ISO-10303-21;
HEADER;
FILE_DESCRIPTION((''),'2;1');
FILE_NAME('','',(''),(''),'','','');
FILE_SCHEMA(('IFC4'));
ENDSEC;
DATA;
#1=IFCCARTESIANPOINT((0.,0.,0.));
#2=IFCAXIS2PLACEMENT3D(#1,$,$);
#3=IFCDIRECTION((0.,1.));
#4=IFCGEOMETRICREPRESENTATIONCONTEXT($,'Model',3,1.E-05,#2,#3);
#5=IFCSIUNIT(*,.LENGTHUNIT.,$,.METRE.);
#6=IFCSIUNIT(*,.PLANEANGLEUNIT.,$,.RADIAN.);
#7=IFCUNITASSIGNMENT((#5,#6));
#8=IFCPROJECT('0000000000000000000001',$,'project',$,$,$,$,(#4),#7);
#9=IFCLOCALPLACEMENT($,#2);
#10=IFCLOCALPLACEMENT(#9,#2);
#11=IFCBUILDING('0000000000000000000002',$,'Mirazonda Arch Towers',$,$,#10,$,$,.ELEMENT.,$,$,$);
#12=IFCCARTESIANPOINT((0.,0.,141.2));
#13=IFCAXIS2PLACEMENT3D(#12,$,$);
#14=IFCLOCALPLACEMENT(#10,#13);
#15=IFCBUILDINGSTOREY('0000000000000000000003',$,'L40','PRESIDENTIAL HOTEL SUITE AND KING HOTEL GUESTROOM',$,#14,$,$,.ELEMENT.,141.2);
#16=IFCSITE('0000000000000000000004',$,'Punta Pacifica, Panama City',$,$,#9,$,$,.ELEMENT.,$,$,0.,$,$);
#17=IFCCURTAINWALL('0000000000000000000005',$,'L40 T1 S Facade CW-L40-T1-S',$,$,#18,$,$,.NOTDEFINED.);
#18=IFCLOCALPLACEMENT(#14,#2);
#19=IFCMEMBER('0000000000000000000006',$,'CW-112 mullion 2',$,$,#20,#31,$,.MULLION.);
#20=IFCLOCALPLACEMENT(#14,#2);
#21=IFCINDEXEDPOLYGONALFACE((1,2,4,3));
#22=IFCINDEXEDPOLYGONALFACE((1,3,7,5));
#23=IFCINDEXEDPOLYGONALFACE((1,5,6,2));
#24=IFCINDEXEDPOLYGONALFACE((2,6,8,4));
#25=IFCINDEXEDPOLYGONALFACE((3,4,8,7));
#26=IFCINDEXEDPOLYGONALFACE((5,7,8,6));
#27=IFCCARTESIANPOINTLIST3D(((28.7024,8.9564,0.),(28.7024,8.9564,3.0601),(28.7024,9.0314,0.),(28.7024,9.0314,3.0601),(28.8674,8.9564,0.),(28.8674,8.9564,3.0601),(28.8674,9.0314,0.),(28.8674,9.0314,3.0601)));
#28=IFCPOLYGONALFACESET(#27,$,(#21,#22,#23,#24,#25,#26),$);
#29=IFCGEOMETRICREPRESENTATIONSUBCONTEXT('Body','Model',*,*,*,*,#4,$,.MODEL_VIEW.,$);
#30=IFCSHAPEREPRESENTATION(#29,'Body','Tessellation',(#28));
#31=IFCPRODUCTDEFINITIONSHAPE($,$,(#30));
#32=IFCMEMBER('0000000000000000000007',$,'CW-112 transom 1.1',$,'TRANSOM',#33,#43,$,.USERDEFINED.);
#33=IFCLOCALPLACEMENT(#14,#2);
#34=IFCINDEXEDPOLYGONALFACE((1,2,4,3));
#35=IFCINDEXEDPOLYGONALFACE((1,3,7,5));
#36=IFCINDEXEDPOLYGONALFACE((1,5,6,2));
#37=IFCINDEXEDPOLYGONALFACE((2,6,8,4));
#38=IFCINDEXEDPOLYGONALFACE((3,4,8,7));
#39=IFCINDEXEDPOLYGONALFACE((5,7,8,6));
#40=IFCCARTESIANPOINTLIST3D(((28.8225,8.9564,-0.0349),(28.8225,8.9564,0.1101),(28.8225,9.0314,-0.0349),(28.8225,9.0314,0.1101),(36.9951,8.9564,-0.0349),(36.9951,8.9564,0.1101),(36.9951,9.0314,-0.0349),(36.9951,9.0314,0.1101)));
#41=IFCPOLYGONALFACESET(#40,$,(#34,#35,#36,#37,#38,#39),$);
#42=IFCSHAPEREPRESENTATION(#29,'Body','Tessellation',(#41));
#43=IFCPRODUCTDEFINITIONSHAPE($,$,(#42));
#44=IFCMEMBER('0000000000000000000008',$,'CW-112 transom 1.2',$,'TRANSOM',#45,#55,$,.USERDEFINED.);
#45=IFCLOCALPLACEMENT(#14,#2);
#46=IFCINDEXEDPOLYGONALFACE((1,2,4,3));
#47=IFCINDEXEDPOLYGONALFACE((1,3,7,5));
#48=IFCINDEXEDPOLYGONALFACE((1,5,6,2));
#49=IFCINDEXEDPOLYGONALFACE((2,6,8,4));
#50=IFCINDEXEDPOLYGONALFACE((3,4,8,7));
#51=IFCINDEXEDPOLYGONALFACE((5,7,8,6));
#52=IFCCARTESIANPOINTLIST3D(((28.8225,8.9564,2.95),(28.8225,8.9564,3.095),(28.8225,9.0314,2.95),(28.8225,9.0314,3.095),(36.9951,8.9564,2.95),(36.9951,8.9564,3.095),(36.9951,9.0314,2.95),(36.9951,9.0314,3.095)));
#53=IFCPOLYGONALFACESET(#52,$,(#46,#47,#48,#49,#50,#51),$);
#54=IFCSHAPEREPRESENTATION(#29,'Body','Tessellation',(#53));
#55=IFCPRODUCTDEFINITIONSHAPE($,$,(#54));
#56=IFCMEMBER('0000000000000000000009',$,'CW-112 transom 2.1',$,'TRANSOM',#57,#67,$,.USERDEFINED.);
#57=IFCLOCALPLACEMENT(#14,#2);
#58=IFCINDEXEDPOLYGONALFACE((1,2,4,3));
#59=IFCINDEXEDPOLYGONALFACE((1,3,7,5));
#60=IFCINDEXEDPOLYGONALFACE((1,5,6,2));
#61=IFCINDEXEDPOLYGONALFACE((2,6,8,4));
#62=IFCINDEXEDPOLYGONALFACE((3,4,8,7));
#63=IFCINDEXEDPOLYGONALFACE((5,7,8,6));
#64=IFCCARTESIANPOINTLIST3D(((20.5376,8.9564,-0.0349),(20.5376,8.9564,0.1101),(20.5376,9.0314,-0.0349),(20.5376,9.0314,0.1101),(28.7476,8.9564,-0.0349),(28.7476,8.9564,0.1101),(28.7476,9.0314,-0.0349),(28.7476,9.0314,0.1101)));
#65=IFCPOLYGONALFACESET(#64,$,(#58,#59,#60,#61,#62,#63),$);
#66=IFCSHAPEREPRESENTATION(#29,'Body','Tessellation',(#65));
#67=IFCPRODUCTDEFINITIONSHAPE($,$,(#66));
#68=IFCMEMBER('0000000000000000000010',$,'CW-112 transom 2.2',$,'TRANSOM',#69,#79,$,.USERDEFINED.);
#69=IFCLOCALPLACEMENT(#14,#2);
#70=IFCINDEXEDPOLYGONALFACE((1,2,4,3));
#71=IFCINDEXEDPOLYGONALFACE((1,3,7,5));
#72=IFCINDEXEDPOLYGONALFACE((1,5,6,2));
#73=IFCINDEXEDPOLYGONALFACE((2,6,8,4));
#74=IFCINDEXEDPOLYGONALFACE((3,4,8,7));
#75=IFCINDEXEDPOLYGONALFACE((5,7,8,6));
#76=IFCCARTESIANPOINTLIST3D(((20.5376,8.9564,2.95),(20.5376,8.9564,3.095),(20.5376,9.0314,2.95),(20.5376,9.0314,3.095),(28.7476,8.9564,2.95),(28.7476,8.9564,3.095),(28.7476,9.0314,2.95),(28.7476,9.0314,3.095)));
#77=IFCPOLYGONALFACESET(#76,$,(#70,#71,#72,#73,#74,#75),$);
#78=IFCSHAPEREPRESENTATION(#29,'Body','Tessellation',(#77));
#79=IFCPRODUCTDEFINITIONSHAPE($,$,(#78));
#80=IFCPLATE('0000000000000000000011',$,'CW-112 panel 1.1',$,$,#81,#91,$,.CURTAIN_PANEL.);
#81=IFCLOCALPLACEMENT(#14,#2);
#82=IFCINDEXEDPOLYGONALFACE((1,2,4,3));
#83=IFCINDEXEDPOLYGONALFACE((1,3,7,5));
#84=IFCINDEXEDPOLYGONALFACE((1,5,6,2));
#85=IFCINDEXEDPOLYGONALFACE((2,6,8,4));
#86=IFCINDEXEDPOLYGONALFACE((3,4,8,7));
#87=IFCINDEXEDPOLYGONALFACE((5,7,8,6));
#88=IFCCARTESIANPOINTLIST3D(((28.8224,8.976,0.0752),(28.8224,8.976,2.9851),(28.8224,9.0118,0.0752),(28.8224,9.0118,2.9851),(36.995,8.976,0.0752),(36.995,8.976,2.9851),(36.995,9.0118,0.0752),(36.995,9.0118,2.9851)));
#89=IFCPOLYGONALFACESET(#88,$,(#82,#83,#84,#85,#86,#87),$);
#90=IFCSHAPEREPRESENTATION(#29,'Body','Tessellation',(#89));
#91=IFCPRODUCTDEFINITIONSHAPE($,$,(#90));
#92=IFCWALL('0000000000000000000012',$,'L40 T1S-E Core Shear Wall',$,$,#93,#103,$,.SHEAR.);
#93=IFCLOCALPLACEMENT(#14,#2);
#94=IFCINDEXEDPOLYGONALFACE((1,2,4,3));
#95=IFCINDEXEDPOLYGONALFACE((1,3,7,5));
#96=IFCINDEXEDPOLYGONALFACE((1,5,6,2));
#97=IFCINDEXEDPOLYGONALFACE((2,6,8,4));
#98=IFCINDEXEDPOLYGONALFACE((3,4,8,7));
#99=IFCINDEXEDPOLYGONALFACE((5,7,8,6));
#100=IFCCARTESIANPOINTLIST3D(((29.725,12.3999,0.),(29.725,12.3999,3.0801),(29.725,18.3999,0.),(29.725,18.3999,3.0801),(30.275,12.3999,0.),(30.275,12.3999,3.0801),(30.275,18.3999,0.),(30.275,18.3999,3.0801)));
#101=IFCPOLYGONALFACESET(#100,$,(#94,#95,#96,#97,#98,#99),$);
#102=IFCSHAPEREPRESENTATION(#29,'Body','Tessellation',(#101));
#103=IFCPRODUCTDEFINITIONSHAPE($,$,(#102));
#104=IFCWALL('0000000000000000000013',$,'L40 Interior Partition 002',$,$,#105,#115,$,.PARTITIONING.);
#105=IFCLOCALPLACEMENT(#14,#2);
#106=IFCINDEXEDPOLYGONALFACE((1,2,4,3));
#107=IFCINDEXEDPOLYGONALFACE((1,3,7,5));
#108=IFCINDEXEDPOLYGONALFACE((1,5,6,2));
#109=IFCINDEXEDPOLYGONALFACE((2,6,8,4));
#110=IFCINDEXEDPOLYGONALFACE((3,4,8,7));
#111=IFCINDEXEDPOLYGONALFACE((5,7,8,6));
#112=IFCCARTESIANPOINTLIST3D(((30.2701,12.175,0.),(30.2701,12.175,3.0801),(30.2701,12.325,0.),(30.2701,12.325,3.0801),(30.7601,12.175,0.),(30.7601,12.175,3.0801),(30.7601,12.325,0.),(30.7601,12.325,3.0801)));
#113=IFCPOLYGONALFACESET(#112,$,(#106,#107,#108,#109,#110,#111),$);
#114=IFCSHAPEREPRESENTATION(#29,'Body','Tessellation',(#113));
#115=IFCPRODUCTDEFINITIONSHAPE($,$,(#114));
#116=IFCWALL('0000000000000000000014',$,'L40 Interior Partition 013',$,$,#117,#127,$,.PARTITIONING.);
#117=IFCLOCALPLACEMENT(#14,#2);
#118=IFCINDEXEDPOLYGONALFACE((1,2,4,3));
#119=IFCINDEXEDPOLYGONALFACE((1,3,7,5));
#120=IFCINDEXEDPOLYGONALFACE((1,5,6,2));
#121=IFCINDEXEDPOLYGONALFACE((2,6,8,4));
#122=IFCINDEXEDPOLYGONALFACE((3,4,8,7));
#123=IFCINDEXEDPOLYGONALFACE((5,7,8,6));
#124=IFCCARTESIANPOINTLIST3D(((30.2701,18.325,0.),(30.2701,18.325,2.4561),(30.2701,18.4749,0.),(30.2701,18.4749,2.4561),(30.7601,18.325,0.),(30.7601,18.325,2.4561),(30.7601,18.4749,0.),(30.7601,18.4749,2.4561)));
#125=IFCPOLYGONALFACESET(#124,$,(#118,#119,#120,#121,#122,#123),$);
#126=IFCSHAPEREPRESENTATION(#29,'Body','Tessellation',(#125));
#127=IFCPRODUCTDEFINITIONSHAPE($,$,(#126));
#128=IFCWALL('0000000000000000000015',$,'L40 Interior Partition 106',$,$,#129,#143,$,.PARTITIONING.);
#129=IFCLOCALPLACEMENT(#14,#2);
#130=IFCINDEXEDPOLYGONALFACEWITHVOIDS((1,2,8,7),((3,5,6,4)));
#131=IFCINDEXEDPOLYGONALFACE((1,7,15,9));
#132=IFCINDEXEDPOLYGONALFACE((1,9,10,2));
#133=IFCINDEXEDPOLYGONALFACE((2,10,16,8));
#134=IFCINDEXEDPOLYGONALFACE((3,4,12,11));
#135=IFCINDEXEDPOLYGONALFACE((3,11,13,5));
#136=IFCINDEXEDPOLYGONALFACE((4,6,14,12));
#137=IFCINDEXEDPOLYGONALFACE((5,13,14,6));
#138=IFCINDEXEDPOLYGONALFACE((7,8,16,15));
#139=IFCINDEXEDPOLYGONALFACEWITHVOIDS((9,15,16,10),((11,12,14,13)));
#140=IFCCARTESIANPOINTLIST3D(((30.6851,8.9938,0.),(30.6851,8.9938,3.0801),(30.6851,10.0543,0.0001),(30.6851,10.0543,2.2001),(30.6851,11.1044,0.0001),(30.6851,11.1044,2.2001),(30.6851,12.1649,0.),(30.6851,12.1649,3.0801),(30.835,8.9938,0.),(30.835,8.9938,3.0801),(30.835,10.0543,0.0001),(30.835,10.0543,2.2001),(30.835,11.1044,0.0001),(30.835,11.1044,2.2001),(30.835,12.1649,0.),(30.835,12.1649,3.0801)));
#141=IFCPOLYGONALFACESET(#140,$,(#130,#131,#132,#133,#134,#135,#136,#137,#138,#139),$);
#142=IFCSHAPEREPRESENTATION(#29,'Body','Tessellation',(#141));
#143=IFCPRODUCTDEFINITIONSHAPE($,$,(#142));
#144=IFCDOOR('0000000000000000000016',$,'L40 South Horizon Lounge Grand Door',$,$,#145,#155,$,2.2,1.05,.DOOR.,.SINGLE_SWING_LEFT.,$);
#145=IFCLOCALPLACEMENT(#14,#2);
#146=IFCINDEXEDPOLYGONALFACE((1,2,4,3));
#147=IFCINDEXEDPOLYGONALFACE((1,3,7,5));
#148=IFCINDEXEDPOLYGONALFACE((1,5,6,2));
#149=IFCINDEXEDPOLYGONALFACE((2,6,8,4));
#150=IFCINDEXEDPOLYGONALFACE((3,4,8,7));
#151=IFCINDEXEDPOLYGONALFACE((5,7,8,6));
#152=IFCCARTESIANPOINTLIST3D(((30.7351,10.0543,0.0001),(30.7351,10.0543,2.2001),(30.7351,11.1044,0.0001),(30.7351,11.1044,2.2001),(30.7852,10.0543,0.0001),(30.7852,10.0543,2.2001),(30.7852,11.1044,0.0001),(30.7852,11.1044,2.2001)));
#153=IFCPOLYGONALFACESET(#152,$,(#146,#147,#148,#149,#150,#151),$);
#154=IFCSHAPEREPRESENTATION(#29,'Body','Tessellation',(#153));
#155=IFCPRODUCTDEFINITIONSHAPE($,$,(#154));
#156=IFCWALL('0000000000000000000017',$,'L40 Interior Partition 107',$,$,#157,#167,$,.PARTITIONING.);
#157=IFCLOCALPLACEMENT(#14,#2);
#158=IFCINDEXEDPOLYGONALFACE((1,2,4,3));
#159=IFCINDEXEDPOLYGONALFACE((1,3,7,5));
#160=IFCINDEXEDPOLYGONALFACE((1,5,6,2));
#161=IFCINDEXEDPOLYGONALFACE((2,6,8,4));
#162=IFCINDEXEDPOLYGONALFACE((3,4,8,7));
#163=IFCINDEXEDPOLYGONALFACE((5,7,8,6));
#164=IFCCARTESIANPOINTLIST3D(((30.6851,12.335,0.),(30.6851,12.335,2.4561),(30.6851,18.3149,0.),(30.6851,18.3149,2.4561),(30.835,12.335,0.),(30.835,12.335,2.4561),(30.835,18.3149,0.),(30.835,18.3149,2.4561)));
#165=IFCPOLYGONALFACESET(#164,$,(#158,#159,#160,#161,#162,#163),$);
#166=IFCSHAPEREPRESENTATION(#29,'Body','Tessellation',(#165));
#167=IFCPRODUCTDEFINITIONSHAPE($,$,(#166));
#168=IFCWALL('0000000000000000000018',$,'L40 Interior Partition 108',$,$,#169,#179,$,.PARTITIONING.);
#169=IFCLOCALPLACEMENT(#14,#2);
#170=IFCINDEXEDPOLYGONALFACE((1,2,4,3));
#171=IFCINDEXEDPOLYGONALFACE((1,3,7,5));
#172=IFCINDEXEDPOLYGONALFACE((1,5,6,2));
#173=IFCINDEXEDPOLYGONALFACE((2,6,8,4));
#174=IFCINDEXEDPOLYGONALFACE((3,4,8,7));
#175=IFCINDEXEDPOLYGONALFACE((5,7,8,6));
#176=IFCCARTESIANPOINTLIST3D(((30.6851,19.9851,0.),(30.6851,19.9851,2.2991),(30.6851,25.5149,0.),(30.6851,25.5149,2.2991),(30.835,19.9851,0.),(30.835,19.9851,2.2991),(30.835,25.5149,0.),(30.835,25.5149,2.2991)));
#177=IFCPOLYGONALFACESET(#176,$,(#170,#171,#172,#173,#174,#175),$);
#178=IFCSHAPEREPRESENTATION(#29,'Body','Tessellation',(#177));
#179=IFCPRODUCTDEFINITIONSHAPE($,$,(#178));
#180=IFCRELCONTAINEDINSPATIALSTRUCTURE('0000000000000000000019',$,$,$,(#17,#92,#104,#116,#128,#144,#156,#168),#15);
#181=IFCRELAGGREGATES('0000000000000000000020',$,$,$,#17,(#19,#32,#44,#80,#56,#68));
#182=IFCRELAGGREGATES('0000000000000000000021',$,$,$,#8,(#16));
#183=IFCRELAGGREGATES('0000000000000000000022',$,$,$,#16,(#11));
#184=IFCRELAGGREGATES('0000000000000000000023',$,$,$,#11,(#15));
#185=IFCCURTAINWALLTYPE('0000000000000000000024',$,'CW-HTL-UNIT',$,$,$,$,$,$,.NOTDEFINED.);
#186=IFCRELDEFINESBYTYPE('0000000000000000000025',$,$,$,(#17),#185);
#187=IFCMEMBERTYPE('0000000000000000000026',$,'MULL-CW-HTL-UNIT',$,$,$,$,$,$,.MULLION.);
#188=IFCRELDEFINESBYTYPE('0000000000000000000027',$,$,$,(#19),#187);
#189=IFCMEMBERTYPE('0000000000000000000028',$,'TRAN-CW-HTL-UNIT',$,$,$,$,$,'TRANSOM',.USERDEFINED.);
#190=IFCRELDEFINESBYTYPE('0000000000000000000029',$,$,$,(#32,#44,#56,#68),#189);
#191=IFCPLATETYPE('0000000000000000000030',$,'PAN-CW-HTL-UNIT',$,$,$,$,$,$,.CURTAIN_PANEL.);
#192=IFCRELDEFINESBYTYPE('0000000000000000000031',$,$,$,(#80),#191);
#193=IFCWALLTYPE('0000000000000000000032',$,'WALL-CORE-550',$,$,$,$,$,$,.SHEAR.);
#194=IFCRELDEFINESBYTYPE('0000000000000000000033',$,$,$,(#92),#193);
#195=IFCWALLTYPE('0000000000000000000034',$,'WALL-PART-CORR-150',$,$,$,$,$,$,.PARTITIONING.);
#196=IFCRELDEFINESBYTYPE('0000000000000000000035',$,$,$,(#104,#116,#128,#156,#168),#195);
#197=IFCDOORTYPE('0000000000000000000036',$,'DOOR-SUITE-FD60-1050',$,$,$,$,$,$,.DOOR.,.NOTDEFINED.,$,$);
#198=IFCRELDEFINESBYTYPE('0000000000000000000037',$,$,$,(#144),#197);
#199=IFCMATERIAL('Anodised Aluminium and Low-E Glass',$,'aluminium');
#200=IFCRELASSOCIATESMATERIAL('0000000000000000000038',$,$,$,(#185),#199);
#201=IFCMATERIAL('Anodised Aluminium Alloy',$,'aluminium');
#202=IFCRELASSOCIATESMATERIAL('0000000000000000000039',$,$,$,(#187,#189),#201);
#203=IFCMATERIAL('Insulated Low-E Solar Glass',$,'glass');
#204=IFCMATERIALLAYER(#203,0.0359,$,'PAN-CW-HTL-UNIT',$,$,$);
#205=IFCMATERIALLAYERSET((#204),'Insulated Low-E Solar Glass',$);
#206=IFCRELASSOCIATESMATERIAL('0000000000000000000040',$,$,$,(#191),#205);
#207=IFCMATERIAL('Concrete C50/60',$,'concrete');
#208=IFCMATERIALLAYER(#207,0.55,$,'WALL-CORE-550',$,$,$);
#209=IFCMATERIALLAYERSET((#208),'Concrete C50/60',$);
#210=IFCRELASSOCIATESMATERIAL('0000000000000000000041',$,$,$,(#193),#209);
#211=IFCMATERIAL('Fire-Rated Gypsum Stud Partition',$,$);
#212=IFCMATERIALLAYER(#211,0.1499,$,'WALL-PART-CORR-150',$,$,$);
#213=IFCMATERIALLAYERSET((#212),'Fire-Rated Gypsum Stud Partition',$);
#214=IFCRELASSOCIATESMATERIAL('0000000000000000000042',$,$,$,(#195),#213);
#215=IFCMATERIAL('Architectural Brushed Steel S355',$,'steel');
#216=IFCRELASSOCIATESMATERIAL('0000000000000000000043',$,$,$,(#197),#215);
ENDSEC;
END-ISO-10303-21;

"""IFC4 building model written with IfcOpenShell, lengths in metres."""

from ifc_helpers import new_model, si_unit, direction, frame, frame_2d, origin, origin_2d, place, context, subcontext, project, spatial, rectangle, extrude, material, layer, layer_set, material_profile, profile_set, type_object, element, fill, aggregate, save


model = new_model("IFC4")

# Units and contexts
model_context = context("Model", 3, precision=1e-05, world=origin(), true_north=direction((0.0, 1.0)))
body_context = subcontext(model_context, "Body", "Model", "MODEL_VIEW")
ifc_project = project(units=[si_unit("LENGTHUNIT", "METRE"), si_unit("PLANEANGLEUNIT", "RADIAN")], contexts=[model_context])

# Site, building, storey
site_placement = place(None, origin())
site = spatial("IfcSite", under=ifc_project, at=site_placement, Name="Punta Pacifica, Panama City", CompositionType="ELEMENT", RefElevation=0.0)
building_placement = place(site_placement, origin())
building = spatial("IfcBuilding", under=site, at=building_placement, Name="Mirazonda Arch Towers", CompositionType="ELEMENT")
storey_placement = place(building_placement, frame((0.0, 0.0, 141.2)))
storey = spatial("IfcBuildingStorey", under=building, at=storey_placement, Name="L40", Description="PRESIDENTIAL HOTEL SUITE AND KING HOTEL GUESTROOM", CompositionType="ELEMENT", Elevation=141.2)

# Shared definitions
ifc_material_1 = material(Name="Concrete C50/60", Category="concrete")

# Curtain wall, members, plate
ifc_material_2 = material(Name="Anodised Aluminium and Low-E Glass", Category="aluminium")
curtain_wall_type = type_object("IfcCurtainWallType", Name="CW-HTL-UNIT", PredefinedType="NOTDEFINED", material=ifc_material_2)
curtain_wall_placement = place(storey_placement, origin())
curtain_wall = element("IfcCurtainWall", 1, at=curtain_wall_placement, inside=storey, type_object=curtain_wall_type, Name="L40 T1 S Facade CW-L40-T1-S", PredefinedType="NOTDEFINED")
ifc_material_3 = material(Name="Anodised Aluminium Alloy", Category="aluminium")
ifc_material_profile_1 = material_profile(ifc_material_3, rectangle(XDim=0.075, YDim=0.165, at=origin_2d()), Name="ALU-MULL-75x165")
ifc_profile_set_1 = profile_set([ifc_material_profile_1], Name="Anodised Aluminium Alloy")
member_type_1 = type_object("IfcMemberType", Name="MULL-CW-HTL-UNIT", PredefinedType="MULLION", material=ifc_profile_set_1)
member_1_placement = place(storey_placement, frame((28.7849, 8.9939, 0.0), z_axis=(0.0, 0.0, 1.0), x_axis=(0.0, -1.0, 0.0)))
member_1 = element("IfcMember", 2, at=member_1_placement, type_object=member_type_1, Name="CW-112 mullion 2", PredefinedType="MULLION", context=body_context, shape_type="SweptSolid", body=[
    extrude(rectangle(XDim=0.075, YDim=0.165, at=origin_2d()), origin(), (0.0, 0.0, 1.0), 3.0601),
])
ifc_material_profile_2 = material_profile(ifc_material_3, rectangle(XDim=0.075, YDim=0.145, at=origin_2d()), Name="ALU-TRAN-75x145")
ifc_profile_set_2 = profile_set([ifc_material_profile_2], Name="Anodised Aluminium Alloy")
member_type_2 = type_object("IfcMemberType", Name="TRAN-CW-HTL-UNIT", ElementType="TRANSOM", PredefinedType="USERDEFINED", material=ifc_profile_set_2)
member_2_placement = place(storey_placement, frame((36.9951, 8.9939, 0.0376), z_axis=(-1.0, 0.0, 0.0), x_axis=(0.0, -1.0, 0.0)))
member_2 = element("IfcMember", 3, at=member_2_placement, type_object=member_type_2, Name="CW-112 transom 1.1", ObjectType="TRANSOM", PredefinedType="USERDEFINED", context=body_context, shape_type="SweptSolid", body=[
    extrude(rectangle(XDim=0.075, YDim=0.145, at=origin_2d()), origin(), (0.0, 0.0, 1.0), 8.1726),
])
member_3_placement = place(storey_placement, frame((36.9951, 8.9939, 3.0225), z_axis=(-1.0, 0.0, 0.0), x_axis=(0.0, -1.0, 0.0)))
member_3 = element("IfcMember", 4, at=member_3_placement, type_object=member_type_2, Name="CW-112 transom 1.2", ObjectType="TRANSOM", PredefinedType="USERDEFINED", context=body_context, shape_type="SweptSolid", body=[
    extrude(rectangle(XDim=0.075, YDim=0.145, at=origin_2d()), origin(), (0.0, 0.0, 1.0), 8.1726),
])
member_4_placement = place(storey_placement, frame((28.7476, 8.9939, 0.0376), z_axis=(-1.0, 0.0, 0.0), x_axis=(0.0, -1.0, 0.0)))
member_4 = element("IfcMember", 5, at=member_4_placement, type_object=member_type_2, Name="CW-112 transom 2.1", ObjectType="TRANSOM", PredefinedType="USERDEFINED", context=body_context, shape_type="SweptSolid", body=[
    extrude(rectangle(XDim=0.075, YDim=0.145, at=origin_2d()), origin(), (0.0, 0.0, 1.0), 8.21),
])
member_5_placement = place(storey_placement, frame((28.7476, 8.9939, 3.0225), z_axis=(-1.0, 0.0, 0.0), x_axis=(0.0, -1.0, 0.0)))
member_5 = element("IfcMember", 6, at=member_5_placement, type_object=member_type_2, Name="CW-112 transom 2.2", ObjectType="TRANSOM", PredefinedType="USERDEFINED", context=body_context, shape_type="SweptSolid", body=[
    extrude(rectangle(XDim=0.075, YDim=0.145, at=origin_2d()), origin(), (0.0, 0.0, 1.0), 8.21),
])
ifc_material_4 = material(Name="Insulated Low-E Solar Glass", Category="glass")
ifc_layer_1 = layer(ifc_material_4, 0.0359, Name="PAN-CW-HTL-UNIT")
ifc_layer_set_1 = layer_set([ifc_layer_1], Name="Insulated Low-E Solar Glass")
plate_type = type_object("IfcPlateType", Name="PAN-CW-HTL-UNIT", PredefinedType="CURTAIN_PANEL", material=ifc_layer_set_1)
plate_placement = place(storey_placement, frame((32.9087, 8.9939, 0.0752), z_axis=(0.0, 0.0, 1.0), x_axis=(-1.0, 0.0, 0.0)))
plate = element("IfcPlate", 7, at=plate_placement, type_object=plate_type, Name="CW-112 panel 1.1", PredefinedType="CURTAIN_PANEL", context=body_context, shape_type="SweptSolid", body=[
    extrude(rectangle(XDim=8.1726, YDim=0.0359, at=origin_2d()), origin(), (0.0, 0.0, 1.0), 2.9099),
])
aggregate(curtain_wall, [member_1, member_2, member_3, plate, member_4, member_5])

# Walls
ifc_layer_2 = layer(ifc_material_1, 0.55, Name="WALL-CORE-550")
ifc_layer_set_2 = layer_set([ifc_layer_2], Name="Concrete C50/60")
wall_type_1 = type_object("IfcWallType", Name="WALL-CORE-550", PredefinedType="SHEAR", material=ifc_layer_set_2)
wall_1_placement = place(storey_placement, frame((30.0, 12.3999, 0.0), z_axis=(0.0, 0.0, 1.0), x_axis=(0.0, 1.0, 0.0)))
element("IfcWall", 8, at=wall_1_placement, inside=storey, type_object=wall_type_1, Name="L40 T1S-E Core Shear Wall", PredefinedType="SHEAR", context=body_context, shape_type="SweptSolid", body=[
    extrude(rectangle(XDim=6.0, YDim=0.55, at=frame_2d((3.0, 0.0))), origin(), (0.0, 0.0, 1.0), 3.0801),
])
ifc_material_5 = material(Name="Fire-Rated Gypsum Stud Partition")
ifc_layer_3 = layer(ifc_material_5, 0.1499, Name="WALL-PART-CORR-150")
ifc_layer_set_3 = layer_set([ifc_layer_3], Name="Fire-Rated Gypsum Stud Partition")
wall_type_2 = type_object("IfcWallType", Name="WALL-PART-CORR-150", PredefinedType="PARTITIONING", material=ifc_layer_set_3)
wall_2_placement = place(storey_placement, frame((30.27, 12.25, 0.0), z_axis=(0.0, 0.0, 1.0), x_axis=(1.0, 0.0, 0.0)))
element("IfcWall", 9, at=wall_2_placement, inside=storey, type_object=wall_type_2, Name="L40 Interior Partition 002", PredefinedType="PARTITIONING", context=body_context, shape_type="SweptSolid", body=[
    extrude(rectangle(XDim=0.49, YDim=0.1499, at=frame_2d((0.2451, 0.0))), origin(), (0.0, 0.0, 1.0), 3.0801),
])
wall_3_placement = place(storey_placement, frame((30.27, 18.3999, 0.0), z_axis=(0.0, 0.0, 1.0), x_axis=(1.0, 0.0, 0.0)))
element("IfcWall", 10, at=wall_3_placement, inside=storey, type_object=wall_type_2, Name="L40 Interior Partition 013", PredefinedType="PARTITIONING", context=body_context, shape_type="SweptSolid", body=[
    extrude(rectangle(XDim=0.49, YDim=0.1499, at=frame_2d((0.2451, 0.0))), origin(), (0.0, 0.0, 1.0), 2.4561),
])

# Wall, opening, door
wall_4_placement = place(storey_placement, frame((30.76, 8.9939, 0.0), z_axis=(0.0, 0.0, 1.0), x_axis=(0.0, 1.0, 0.0)))
wall_4 = element("IfcWall", 11, at=wall_4_placement, inside=storey, type_object=wall_type_2, Name="L40 Interior Partition 106", PredefinedType="PARTITIONING", context=body_context, shape_type="SweptSolid", body=[
    extrude(rectangle(XDim=3.1711, YDim=0.1499, at=frame_2d((1.5854, 0.0))), origin(), (0.0, 0.0, 1.0), 3.0801),
])
opening_1_placement = place(wall_4_placement, frame((1.0605, 0.0, 0.0)))
opening_1 = element("IfcOpeningElement", 12, at=opening_1_placement, cuts=wall_4, PredefinedType="OPENING", context=body_context, shape_type="SweptSolid", body=[
    extrude(rectangle(XDim=1.05, YDim=2.2, at=frame_2d((0.5249, 1.1001))), frame((0.0, 0.085, 0.0), z_axis=(0.0, -1.0, 0.0), x_axis=(1.0, 0.0, 0.0)), (0.0, 0.0, 1.0), 0.1699),
])
ifc_material_6 = material(Name="Architectural Brushed Steel S355", Category="steel")
door_type_1 = type_object("IfcDoorType", Name="DOOR-SUITE-FD60-1050", OperationType="NOTDEFINED", PredefinedType="DOOR", material=ifc_material_6)
door_1_placement = place(opening_1_placement, origin())
door_1 = element("IfcDoor", 13, at=door_1_placement, inside=storey, type_object=door_type_1, Name="L40 South Horizon Lounge Grand Door", OperationType="SINGLE_SWING_LEFT", OverallHeight=2.2, OverallWidth=1.05, PredefinedType="DOOR", context=body_context, shape_type="SweptSolid", body=[
    extrude(rectangle(XDim=1.05, YDim=2.2, at=frame_2d((0.5249, 1.1001))), frame((0.0, 0.0249, 0.0), z_axis=(0.0, -1.0, 0.0), x_axis=(1.0, 0.0, 0.0)), (0.0, 0.0, 1.0), 0.05),
])
fill(opening_1, door_1)

# Walls
wall_5_placement = place(storey_placement, frame((30.76, 12.335, 0.0), z_axis=(0.0, 0.0, 1.0), x_axis=(0.0, 1.0, 0.0)))
element("IfcWall", 14, at=wall_5_placement, inside=storey, type_object=wall_type_2, Name="L40 Interior Partition 107", PredefinedType="PARTITIONING", context=body_context, shape_type="SweptSolid", body=[
    extrude(rectangle(XDim=5.98, YDim=0.1499, at=frame_2d((2.99, 0.0))), origin(), (0.0, 0.0, 1.0), 2.4561),
])
wall_6_placement = place(storey_placement, frame((30.76, 19.9851, 0.0), z_axis=(0.0, 0.0, 1.0), x_axis=(0.0, 1.0, 0.0)))
element("IfcWall", 15, at=wall_6_placement, inside=storey, type_object=wall_type_2, Name="L40 Interior Partition 108", PredefinedType="PARTITIONING", context=body_context, shape_type="SweptSolid", body=[
    extrude(rectangle(XDim=5.5298, YDim=0.1499, at=frame_2d((2.7649, 0.0))), origin(), (0.0, 0.0, 1.0), 2.2991),
])

save(model, "model.ifc")
